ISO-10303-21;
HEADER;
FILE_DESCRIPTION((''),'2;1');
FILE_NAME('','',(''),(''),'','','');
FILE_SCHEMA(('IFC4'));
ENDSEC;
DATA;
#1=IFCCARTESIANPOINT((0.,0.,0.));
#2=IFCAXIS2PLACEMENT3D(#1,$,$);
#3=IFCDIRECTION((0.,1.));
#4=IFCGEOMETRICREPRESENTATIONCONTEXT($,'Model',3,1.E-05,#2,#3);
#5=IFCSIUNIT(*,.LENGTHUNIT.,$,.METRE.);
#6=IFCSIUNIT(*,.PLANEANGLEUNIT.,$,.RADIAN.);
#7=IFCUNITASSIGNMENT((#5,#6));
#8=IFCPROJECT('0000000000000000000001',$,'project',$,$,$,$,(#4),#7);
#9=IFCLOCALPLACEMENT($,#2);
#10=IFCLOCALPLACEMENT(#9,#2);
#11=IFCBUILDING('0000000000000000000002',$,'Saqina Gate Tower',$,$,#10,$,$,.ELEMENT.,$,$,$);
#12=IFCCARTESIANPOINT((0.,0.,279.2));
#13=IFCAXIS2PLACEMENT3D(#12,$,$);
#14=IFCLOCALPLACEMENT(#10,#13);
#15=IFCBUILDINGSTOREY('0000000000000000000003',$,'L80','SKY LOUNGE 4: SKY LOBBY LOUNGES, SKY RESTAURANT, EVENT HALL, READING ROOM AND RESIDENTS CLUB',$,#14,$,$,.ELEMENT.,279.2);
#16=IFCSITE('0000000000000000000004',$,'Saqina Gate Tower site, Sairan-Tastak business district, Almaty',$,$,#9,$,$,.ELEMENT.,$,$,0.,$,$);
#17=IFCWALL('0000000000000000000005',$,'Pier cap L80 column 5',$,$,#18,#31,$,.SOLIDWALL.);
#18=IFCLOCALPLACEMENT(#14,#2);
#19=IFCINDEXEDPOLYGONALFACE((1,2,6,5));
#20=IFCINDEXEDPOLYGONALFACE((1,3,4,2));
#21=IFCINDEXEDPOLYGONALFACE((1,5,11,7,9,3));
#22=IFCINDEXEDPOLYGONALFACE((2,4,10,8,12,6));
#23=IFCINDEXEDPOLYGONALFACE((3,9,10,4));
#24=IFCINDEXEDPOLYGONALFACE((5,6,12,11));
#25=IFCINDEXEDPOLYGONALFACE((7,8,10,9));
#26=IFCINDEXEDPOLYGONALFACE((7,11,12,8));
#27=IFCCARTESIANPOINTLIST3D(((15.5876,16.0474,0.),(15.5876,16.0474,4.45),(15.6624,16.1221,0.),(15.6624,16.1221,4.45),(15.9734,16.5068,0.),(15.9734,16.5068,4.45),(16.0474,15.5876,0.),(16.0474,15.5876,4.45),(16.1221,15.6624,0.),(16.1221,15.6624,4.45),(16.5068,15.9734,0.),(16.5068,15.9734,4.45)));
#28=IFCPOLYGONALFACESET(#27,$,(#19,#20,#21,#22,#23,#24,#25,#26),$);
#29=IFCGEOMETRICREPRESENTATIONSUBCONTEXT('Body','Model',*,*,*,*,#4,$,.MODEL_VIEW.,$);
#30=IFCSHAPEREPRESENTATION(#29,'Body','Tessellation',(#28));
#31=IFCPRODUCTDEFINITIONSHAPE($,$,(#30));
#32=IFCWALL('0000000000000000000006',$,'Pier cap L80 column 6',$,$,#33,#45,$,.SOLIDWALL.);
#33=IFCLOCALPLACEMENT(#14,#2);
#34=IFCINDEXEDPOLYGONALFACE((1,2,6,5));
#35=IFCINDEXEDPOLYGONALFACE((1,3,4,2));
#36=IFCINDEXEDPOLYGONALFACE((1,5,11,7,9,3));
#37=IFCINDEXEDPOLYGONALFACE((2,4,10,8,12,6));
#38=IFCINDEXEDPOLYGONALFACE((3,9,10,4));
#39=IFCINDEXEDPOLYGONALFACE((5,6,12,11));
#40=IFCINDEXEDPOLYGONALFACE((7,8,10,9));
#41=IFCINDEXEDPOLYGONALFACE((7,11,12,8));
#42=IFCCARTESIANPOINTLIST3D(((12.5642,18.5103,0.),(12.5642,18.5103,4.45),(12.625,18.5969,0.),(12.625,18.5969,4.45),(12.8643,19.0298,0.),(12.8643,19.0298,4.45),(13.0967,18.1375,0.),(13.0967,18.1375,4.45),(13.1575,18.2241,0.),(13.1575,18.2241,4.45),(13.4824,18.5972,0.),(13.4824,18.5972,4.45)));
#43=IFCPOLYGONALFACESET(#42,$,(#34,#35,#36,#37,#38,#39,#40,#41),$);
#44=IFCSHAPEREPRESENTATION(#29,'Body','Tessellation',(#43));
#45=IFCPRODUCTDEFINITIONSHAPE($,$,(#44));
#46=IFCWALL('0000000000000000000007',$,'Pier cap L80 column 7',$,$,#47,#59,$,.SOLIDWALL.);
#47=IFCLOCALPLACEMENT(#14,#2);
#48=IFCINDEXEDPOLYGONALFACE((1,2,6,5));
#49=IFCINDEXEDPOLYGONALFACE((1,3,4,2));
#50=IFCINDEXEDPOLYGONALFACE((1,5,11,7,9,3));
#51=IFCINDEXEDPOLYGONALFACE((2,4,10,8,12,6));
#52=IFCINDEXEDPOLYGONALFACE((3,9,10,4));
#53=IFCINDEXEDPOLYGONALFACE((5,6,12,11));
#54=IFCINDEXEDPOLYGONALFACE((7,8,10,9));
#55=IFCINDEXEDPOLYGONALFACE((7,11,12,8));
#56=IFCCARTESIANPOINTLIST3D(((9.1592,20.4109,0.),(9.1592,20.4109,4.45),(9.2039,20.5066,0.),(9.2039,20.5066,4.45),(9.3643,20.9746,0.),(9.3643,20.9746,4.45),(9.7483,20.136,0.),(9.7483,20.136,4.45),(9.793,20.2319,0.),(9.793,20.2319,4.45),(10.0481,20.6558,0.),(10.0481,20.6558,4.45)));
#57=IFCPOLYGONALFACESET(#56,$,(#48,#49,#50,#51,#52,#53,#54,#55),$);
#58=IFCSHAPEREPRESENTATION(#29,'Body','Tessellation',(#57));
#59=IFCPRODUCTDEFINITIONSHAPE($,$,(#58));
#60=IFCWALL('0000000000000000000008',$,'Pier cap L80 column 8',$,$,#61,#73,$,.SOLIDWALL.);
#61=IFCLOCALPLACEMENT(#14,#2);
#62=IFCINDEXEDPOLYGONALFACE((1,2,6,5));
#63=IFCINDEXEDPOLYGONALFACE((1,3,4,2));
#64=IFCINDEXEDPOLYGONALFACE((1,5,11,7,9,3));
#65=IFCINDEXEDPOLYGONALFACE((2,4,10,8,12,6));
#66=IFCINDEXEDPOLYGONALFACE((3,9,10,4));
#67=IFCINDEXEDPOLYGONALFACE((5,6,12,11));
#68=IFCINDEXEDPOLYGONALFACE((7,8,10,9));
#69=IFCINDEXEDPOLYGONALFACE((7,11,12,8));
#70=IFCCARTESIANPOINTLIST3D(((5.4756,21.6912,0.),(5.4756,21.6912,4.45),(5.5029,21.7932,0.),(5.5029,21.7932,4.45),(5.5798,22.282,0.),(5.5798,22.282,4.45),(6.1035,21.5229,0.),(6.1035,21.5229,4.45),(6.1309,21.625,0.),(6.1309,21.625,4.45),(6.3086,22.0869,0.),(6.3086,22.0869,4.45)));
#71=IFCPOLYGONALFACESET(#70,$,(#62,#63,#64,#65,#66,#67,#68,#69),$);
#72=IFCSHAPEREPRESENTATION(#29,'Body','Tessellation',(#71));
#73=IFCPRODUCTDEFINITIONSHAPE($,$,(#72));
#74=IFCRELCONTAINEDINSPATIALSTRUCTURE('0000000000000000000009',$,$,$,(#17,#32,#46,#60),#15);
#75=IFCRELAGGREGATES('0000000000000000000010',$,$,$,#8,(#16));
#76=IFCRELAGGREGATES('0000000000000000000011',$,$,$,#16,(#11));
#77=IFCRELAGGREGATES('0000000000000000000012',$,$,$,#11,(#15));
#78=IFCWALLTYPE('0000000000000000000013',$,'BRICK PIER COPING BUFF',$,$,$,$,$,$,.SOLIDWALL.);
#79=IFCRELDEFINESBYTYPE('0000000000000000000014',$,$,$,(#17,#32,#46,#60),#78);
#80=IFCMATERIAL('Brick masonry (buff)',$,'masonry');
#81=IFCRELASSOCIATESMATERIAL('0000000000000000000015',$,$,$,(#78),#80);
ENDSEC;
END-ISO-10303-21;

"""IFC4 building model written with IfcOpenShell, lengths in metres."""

from ifc_helpers import new_model, si_unit, direction, frame, origin, place, context, subcontext, project, spatial, polyline, outline, extrude, material, type_object, element, save


model = new_model("IFC4")

# Units and contexts
model_context = context("Model", 3, precision=1e-05, world=origin(), true_north=direction((0.0, 1.0)))
body_context = subcontext(model_context, "Body", "Model", "MODEL_VIEW")
ifc_project = project(units=[si_unit("LENGTHUNIT", "METRE"), si_unit("PLANEANGLEUNIT", "RADIAN")], contexts=[model_context])

# Site, building, storey
site_placement = place(None, origin())
site = spatial("IfcSite", under=ifc_project, at=site_placement, Name="Saqina Gate Tower site, Sairan-Tastak business district, Almaty", CompositionType="ELEMENT", RefElevation=0.0)
building_placement = place(site_placement, origin())
building = spatial("IfcBuilding", under=site, at=building_placement, Name="Saqina Gate Tower", CompositionType="ELEMENT")
storey_placement = place(building_placement, frame((0.0, 0.0, 279.2)))
storey = spatial("IfcBuildingStorey", under=building, at=storey_placement, Name="L80", Description="SKY LOUNGE 4: SKY LOBBY LOUNGES, SKY RESTAURANT, EVENT HALL, READING ROOM AND RESIDENTS CLUB", CompositionType="ELEMENT", Elevation=279.2)

# Walls
ifc_material_1 = material(Name="Brick masonry (buff)", Category="masonry")
wall_type = type_object("IfcWallType", Name="BRICK PIER COPING BUFF", PredefinedType="SOLIDWALL", material=ifc_material_1)
wall_1_placement = place(storey_placement, origin())
element("IfcWall", 1, at=wall_1_placement, inside=storey, type_object=wall_type, Name="Pier cap L80 column 5", PredefinedType="SOLIDWALL", context=body_context, shape_type="SweptSolid", body=[
    extrude(outline(polyline([(15.9734, 16.5068), (15.5876, 16.0474), (15.6624, 16.1221), (16.1221, 15.6624), (16.0474, 15.5876), (16.5068, 15.9734), (15.9734, 16.5068)])), origin(), (0.0, 0.0, 1.0), 4.45),
])
wall_2_placement = place(storey_placement, origin())
element("IfcWall", 2, at=wall_2_placement, inside=storey, type_object=wall_type, Name="Pier cap L80 column 6", PredefinedType="SOLIDWALL", context=body_context, shape_type="SweptSolid", body=[
    extrude(outline(polyline([(12.8643, 19.0298), (12.5642, 18.5103), (12.625, 18.5969), (13.1575, 18.2241), (13.0967, 18.1375), (13.4824, 18.5972), (12.8643, 19.0298)])), origin(), (0.0, 0.0, 1.0), 4.45),
])
wall_3_placement = place(storey_placement, origin())
element("IfcWall", 3, at=wall_3_placement, inside=storey, type_object=wall_type, Name="Pier cap L80 column 7", PredefinedType="SOLIDWALL", context=body_context, shape_type="SweptSolid", body=[
    extrude(outline(polyline([(10.0481, 20.6558), (9.3643, 20.9746), (9.1592, 20.4109), (9.2039, 20.5066), (9.793, 20.2319), (9.7483, 20.136), (10.0481, 20.6558)])), origin(), (0.0, 0.0, 1.0), 4.45),
])
wall_4_placement = place(storey_placement, origin())
element("IfcWall", 4, at=wall_4_placement, inside=storey, type_object=wall_type, Name="Pier cap L80 column 8", PredefinedType="SOLIDWALL", context=body_context, shape_type="SweptSolid", body=[
    extrude(outline(polyline([(5.5798, 22.282), (5.4756, 21.6912), (5.5029, 21.7932), (6.1309, 21.625), (6.1035, 21.5229), (6.3086, 22.0869), (5.5798, 22.282)])), origin(), (0.0, 0.0, 1.0), 4.45),
])

save(model, "model.ifc")
